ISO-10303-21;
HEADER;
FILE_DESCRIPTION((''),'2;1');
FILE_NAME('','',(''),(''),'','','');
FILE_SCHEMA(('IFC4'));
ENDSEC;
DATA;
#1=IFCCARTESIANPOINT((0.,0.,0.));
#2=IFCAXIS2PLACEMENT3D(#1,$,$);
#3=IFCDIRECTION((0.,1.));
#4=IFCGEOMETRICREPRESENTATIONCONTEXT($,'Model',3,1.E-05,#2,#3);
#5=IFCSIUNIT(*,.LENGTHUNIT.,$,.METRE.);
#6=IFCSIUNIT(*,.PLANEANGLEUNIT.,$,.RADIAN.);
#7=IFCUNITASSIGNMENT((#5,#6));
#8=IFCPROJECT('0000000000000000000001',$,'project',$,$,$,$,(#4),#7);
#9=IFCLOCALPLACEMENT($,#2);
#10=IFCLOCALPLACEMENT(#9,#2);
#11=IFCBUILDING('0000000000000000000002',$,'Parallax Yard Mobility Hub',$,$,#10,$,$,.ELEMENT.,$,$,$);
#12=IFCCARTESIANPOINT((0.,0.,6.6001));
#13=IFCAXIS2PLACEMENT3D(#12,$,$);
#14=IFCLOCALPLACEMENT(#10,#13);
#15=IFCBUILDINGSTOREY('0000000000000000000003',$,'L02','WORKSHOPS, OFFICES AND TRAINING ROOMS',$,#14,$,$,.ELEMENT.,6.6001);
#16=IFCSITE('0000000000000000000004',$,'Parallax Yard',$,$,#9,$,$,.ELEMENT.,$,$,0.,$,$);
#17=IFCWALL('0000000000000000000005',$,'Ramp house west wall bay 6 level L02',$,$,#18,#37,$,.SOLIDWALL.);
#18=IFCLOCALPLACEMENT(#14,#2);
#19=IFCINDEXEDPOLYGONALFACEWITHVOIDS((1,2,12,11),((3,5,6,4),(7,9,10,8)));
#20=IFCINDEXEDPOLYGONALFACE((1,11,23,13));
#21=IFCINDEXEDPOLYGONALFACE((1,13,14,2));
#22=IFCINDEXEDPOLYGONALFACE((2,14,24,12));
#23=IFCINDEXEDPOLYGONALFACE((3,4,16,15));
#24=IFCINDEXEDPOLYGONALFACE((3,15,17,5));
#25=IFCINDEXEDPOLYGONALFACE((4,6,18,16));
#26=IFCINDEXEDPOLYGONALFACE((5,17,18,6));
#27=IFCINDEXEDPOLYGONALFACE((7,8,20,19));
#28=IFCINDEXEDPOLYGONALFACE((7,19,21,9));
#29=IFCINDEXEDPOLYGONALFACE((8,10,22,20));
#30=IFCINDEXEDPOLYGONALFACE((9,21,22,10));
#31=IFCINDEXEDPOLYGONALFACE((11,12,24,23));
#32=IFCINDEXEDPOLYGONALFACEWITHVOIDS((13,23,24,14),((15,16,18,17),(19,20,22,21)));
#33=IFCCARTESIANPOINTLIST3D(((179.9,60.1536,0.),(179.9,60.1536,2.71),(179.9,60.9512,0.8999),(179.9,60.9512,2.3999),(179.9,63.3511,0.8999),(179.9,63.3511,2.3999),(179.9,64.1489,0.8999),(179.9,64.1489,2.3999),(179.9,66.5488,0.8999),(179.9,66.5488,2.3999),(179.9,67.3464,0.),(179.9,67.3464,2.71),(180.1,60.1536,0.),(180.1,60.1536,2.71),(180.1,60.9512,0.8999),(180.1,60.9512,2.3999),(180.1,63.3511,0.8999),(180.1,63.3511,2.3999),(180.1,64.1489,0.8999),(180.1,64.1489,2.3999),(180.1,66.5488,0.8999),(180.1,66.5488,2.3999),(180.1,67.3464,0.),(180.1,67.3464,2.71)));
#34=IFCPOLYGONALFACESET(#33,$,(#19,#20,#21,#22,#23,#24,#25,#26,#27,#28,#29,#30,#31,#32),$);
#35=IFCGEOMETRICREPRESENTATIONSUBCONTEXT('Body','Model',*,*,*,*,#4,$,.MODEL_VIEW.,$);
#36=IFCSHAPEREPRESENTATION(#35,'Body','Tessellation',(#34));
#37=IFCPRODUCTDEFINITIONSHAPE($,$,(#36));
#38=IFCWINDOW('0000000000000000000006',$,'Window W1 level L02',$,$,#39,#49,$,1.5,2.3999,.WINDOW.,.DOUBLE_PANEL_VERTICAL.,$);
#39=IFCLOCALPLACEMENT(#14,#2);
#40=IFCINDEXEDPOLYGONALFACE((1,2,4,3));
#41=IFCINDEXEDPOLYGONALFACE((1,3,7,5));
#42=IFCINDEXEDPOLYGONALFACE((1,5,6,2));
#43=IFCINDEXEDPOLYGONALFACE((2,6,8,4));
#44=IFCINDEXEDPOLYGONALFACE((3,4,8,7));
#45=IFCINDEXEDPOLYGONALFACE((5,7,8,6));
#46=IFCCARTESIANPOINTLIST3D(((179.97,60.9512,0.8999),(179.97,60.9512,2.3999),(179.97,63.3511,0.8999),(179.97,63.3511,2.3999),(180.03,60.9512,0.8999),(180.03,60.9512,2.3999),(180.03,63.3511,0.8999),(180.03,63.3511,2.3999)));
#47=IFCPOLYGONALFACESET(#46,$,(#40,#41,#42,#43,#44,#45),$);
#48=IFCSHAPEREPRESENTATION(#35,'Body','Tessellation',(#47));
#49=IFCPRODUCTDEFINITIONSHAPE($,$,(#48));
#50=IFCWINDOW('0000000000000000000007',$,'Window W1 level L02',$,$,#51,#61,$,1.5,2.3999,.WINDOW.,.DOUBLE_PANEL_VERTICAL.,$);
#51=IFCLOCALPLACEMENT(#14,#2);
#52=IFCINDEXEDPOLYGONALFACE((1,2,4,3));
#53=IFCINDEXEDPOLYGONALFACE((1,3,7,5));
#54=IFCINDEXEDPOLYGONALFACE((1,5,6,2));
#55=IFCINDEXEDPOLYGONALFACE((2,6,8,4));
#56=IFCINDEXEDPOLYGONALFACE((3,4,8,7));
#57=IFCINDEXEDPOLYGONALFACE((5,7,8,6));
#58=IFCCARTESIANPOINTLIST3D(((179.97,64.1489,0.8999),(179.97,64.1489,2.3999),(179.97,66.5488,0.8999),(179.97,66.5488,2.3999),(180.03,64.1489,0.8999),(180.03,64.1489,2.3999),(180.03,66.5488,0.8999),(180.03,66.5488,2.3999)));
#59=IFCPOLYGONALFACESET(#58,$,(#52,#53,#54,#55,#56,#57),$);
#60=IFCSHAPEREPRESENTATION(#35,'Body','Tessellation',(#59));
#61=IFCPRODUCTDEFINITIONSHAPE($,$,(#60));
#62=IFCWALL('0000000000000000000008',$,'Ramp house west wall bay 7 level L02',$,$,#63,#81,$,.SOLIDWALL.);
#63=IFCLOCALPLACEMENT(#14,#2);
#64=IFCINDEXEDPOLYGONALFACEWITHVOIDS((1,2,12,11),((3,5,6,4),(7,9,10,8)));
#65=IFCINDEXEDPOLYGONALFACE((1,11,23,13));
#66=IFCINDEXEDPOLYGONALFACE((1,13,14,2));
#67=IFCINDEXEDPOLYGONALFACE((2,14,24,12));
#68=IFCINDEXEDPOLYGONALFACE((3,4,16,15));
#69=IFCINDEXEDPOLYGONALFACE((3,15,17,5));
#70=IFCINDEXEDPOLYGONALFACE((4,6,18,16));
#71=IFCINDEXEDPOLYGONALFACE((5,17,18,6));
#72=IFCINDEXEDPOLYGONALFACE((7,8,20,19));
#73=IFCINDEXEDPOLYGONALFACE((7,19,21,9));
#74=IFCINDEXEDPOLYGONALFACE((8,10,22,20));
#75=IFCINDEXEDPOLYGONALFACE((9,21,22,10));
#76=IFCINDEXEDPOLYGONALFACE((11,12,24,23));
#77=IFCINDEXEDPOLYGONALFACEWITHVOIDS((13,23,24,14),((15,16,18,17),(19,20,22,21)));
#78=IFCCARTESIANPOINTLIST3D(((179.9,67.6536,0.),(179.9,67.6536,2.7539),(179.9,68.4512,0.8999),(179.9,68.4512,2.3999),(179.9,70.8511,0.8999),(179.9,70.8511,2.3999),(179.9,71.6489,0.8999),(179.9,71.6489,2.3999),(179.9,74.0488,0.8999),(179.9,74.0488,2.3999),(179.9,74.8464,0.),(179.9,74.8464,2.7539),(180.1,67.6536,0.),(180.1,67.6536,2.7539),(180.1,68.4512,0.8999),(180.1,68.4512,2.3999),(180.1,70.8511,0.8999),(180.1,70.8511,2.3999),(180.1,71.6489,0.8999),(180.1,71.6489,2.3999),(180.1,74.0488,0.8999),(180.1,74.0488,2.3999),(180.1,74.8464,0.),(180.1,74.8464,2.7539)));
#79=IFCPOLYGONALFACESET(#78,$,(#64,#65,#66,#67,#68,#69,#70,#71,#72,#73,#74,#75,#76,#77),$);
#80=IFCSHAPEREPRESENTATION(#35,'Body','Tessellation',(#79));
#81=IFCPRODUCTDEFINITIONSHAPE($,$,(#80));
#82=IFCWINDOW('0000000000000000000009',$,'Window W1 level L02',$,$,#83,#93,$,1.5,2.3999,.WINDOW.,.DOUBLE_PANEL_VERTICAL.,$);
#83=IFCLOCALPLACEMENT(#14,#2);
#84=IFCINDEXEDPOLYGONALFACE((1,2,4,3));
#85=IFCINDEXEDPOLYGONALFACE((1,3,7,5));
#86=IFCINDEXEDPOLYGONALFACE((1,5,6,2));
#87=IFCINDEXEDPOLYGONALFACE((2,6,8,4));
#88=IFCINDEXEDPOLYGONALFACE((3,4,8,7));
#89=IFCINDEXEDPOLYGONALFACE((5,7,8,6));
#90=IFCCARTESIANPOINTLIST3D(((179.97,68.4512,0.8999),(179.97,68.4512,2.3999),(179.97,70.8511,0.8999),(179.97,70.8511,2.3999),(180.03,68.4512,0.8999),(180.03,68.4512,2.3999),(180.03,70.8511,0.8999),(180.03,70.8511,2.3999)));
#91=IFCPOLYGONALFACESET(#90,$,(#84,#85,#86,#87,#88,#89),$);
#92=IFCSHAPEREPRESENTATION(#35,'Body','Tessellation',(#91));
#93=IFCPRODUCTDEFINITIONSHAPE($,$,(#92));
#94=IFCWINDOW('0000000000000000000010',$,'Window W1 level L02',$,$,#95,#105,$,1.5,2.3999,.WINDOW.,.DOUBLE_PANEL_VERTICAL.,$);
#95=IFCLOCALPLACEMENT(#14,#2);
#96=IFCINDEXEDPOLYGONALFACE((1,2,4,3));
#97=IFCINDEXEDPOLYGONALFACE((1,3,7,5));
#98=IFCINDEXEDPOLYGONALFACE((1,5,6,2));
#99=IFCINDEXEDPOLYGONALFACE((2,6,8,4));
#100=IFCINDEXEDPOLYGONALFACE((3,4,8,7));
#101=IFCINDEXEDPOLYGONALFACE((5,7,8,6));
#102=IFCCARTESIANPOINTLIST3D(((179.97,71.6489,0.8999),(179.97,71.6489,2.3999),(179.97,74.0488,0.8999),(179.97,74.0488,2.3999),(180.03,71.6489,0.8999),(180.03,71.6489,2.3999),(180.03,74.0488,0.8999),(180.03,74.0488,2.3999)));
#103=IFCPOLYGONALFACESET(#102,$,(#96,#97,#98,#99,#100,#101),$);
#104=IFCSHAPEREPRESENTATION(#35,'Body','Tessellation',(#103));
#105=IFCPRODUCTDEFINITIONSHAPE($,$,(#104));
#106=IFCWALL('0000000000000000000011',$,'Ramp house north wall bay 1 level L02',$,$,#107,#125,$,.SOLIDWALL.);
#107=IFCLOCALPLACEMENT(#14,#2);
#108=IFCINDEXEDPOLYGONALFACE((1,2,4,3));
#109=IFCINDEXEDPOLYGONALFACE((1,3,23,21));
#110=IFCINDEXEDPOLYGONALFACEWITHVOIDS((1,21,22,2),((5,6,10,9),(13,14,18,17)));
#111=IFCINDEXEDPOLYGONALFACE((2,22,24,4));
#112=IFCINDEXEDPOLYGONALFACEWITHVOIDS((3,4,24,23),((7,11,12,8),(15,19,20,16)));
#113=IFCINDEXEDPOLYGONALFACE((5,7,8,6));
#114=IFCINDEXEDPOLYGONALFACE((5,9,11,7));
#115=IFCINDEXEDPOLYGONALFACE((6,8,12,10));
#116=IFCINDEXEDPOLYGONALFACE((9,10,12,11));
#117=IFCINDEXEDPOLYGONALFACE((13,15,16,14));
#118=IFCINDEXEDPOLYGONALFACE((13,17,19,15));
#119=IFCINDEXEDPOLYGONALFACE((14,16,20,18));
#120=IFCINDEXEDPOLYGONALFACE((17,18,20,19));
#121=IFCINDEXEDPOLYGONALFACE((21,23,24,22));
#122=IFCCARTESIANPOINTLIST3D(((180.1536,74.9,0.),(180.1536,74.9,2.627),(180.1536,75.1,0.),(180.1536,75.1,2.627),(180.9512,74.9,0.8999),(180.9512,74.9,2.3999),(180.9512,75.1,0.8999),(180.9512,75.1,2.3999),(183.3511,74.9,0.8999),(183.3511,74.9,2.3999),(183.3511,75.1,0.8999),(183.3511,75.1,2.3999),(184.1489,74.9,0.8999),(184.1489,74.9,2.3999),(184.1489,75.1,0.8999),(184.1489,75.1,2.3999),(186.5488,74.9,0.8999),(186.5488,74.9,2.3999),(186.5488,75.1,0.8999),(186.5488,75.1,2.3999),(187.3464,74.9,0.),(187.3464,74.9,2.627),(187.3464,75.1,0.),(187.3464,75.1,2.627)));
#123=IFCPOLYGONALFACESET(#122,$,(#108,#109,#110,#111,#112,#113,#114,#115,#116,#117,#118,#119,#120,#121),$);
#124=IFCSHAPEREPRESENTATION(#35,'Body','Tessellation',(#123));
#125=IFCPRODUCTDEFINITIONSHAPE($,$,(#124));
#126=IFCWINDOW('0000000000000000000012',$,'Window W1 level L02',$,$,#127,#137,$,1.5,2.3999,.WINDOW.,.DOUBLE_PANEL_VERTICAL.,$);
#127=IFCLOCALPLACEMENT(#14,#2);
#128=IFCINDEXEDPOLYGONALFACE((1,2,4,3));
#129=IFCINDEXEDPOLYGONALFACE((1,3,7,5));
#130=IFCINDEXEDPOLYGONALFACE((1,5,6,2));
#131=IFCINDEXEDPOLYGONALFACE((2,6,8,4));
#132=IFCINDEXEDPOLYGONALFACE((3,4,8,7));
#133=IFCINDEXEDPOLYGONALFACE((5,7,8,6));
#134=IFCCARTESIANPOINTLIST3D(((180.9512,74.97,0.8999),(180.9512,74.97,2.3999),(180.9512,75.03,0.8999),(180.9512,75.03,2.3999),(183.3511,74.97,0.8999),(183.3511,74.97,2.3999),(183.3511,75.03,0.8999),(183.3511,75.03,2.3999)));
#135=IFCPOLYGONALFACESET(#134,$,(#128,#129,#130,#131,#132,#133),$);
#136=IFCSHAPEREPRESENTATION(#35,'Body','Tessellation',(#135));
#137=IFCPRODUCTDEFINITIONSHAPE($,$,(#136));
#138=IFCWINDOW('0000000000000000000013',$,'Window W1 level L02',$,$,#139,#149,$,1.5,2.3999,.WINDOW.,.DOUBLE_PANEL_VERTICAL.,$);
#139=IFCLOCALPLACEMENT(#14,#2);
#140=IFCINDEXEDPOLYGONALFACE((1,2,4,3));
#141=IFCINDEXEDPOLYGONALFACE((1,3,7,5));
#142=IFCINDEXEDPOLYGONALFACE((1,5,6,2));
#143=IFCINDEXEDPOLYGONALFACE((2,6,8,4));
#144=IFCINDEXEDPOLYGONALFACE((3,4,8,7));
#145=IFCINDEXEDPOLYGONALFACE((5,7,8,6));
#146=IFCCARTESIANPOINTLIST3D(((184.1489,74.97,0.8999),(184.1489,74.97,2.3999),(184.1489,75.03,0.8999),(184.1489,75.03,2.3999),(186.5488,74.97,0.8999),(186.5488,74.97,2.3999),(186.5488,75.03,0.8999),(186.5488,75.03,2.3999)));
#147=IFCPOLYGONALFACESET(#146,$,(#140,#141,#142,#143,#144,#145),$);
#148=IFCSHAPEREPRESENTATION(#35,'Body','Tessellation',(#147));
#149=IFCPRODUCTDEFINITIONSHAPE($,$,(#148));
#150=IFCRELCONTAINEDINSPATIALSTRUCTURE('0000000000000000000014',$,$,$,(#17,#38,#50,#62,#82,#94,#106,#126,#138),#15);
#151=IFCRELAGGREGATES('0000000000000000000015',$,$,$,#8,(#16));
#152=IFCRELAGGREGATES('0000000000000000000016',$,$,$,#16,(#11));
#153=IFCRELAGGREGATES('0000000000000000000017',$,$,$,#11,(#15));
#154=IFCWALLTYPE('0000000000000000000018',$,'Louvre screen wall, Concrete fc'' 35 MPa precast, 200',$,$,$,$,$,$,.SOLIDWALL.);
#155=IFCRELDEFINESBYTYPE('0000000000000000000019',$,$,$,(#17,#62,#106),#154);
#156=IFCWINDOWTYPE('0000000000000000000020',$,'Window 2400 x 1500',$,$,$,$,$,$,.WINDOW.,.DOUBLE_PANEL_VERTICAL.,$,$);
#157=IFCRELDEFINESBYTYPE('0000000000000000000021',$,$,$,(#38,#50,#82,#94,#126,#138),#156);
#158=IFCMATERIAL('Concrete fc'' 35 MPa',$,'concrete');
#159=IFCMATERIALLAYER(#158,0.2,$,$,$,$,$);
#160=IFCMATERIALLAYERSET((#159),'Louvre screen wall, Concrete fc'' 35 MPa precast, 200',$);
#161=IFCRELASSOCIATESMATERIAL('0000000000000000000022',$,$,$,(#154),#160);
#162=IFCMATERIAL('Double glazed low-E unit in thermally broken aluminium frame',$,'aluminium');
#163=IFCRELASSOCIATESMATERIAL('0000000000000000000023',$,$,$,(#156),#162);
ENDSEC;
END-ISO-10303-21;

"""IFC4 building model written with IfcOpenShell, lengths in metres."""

from ifc_helpers import new_model, si_unit, direction, frame, frame_2d, origin, place, context, subcontext, project, spatial, rectangle, extrude, material, layer, layer_set, type_object, element, fill, save


model = new_model("IFC4")

# Units and contexts
model_context = context("Model", 3, precision=1e-05, world=origin(), true_north=direction((0.0, 1.0)))
body_context = subcontext(model_context, "Body", "Model", "MODEL_VIEW")
ifc_project = project(units=[si_unit("LENGTHUNIT", "METRE"), si_unit("PLANEANGLEUNIT", "RADIAN")], contexts=[model_context])

# Site, building, storey
site_placement = place(None, origin())
site = spatial("IfcSite", under=ifc_project, at=site_placement, Name="Parallax Yard", CompositionType="ELEMENT", RefElevation=0.0)
building_placement = place(site_placement, origin())
building = spatial("IfcBuilding", under=site, at=building_placement, Name="Parallax Yard Mobility Hub", CompositionType="ELEMENT")
storey_placement = place(building_placement, frame((0.0, 0.0, 6.6001)))
storey = spatial("IfcBuildingStorey", under=building, at=storey_placement, Name="L02", Description="WORKSHOPS, OFFICES AND TRAINING ROOMS", CompositionType="ELEMENT", Elevation=6.6001)

# Walls, openings, windows
ifc_material_1 = material(Name="Concrete fc' 35 MPa", Category="concrete")
ifc_layer = layer(ifc_material_1, 0.2)
ifc_layer_set = layer_set([ifc_layer], Name="Louvre screen wall, Concrete fc' 35 MPa precast, 200")
wall_type = type_object("IfcWallType", Name="Louvre screen wall, Concrete fc' 35 MPa precast, 200", PredefinedType="SOLIDWALL", material=ifc_layer_set)
wall_1_placement = place(storey_placement, frame((180.0, 60.1536, 0.0), z_axis=(0.0, 0.0, 1.0), x_axis=(0.0, 1.0, 0.0)))
wall_1 = element("IfcWall", 1, at=wall_1_placement, inside=storey, type_object=wall_type, Name="Ramp house west wall bay 6 level L02", PredefinedType="SOLIDWALL", context=body_context, shape_type="SweptSolid", body=[
    extrude(rectangle(XDim=7.1929, YDim=0.2, at=frame_2d((3.5964, 0.0))), origin(), (0.0, 0.0, 1.0), 2.71),
])
opening_1_placement = place(wall_1_placement, frame((0.7976, 0.0, 0.8999)))
opening_1 = element("IfcOpeningElement", 2, at=opening_1_placement, cuts=wall_1, PredefinedType="OPENING", context=body_context, shape_type="SweptSolid", body=[
    extrude(rectangle(XDim=2.3999, YDim=1.5, at=frame_2d((1.2, 0.75))), frame((0.0, 0.1099, 0.0), z_axis=(0.0, -1.0, 0.0), x_axis=(1.0, 0.0, 0.0)), (0.0, 0.0, 1.0), 0.22),
])
opening_2_placement = place(wall_1_placement, frame((3.9954, 0.0, 0.8999)))
opening_2 = element("IfcOpeningElement", 3, at=opening_2_placement, cuts=wall_1, PredefinedType="OPENING", context=body_context, shape_type="SweptSolid", body=[
    extrude(rectangle(XDim=2.3999, YDim=1.5, at=frame_2d((1.2, 0.75))), frame((0.0, 0.1099, 0.0), z_axis=(0.0, -1.0, 0.0), x_axis=(1.0, 0.0, 0.0)), (0.0, 0.0, 1.0), 0.22),
])
ifc_material_2 = material(Name="Double glazed low-E unit in thermally broken aluminium frame", Category="aluminium")
window_type = type_object("IfcWindowType", Name="Window 2400 x 1500", PartitioningType="DOUBLE_PANEL_VERTICAL", PredefinedType="WINDOW", material=ifc_material_2)
window_1_placement = place(opening_1_placement, origin())
window_1 = element("IfcWindow", 4, at=window_1_placement, inside=storey, type_object=window_type, Name="Window W1 level L02", OverallHeight=1.5, OverallWidth=2.3999, PartitioningType="DOUBLE_PANEL_VERTICAL", PredefinedType="WINDOW", context=body_context, shape_type="SweptSolid", body=[
    extrude(rectangle(XDim=2.3999, YDim=1.5, at=frame_2d((1.2, 0.75))), frame((0.0, 0.03, 0.0), z_axis=(0.0, -1.0, 0.0), x_axis=(1.0, 0.0, 0.0)), (0.0, 0.0, 1.0), 0.0601),
])
fill(opening_1, window_1)
window_2_placement = place(opening_2_placement, origin())
window_2 = element("IfcWindow", 5, at=window_2_placement, inside=storey, type_object=window_type, Name="Window W1 level L02", OverallHeight=1.5, OverallWidth=2.3999, PartitioningType="DOUBLE_PANEL_VERTICAL", PredefinedType="WINDOW", context=body_context, shape_type="SweptSolid", body=[
    extrude(rectangle(XDim=2.3999, YDim=1.5, at=frame_2d((1.2, 0.75))), frame((0.0, 0.03, 0.0), z_axis=(0.0, -1.0, 0.0), x_axis=(1.0, 0.0, 0.0)), (0.0, 0.0, 1.0), 0.0601),
])
fill(opening_2, window_2)
wall_2_placement = place(storey_placement, frame((180.0, 67.6536, 0.0), z_axis=(0.0, 0.0, 1.0), x_axis=(0.0, 1.0, 0.0)))
wall_2 = element("IfcWall", 6, at=wall_2_placement, inside=storey, type_object=wall_type, Name="Ramp house west wall bay 7 level L02", PredefinedType="SOLIDWALL", context=body_context, shape_type="SweptSolid", body=[
    extrude(rectangle(XDim=7.1929, YDim=0.2, at=frame_2d((3.5964, 0.0))), origin(), (0.0, 0.0, 1.0), 2.7539),
])
opening_3_placement = place(wall_2_placement, frame((0.7976, 0.0, 0.8999)))
opening_3 = element("IfcOpeningElement", 7, at=opening_3_placement, cuts=wall_2, PredefinedType="OPENING", context=body_context, shape_type="SweptSolid", body=[
    extrude(rectangle(XDim=2.3999, YDim=1.5, at=frame_2d((1.2, 0.75))), frame((0.0, 0.1099, 0.0), z_axis=(0.0, -1.0, 0.0), x_axis=(1.0, 0.0, 0.0)), (0.0, 0.0, 1.0), 0.22),
])
opening_4_placement = place(wall_2_placement, frame((3.9954, 0.0, 0.8999)))
opening_4 = element("IfcOpeningElement", 8, at=opening_4_placement, cuts=wall_2, PredefinedType="OPENING", context=body_context, shape_type="SweptSolid", body=[
    extrude(rectangle(XDim=2.3999, YDim=1.5, at=frame_2d((1.2, 0.75))), frame((0.0, 0.1099, 0.0), z_axis=(0.0, -1.0, 0.0), x_axis=(1.0, 0.0, 0.0)), (0.0, 0.0, 1.0), 0.22),
])
window_3_placement = place(opening_3_placement, origin())
window_3 = element("IfcWindow", 9, at=window_3_placement, inside=storey, type_object=window_type, Name="Window W1 level L02", OverallHeight=1.5, OverallWidth=2.3999, PartitioningType="DOUBLE_PANEL_VERTICAL", PredefinedType="WINDOW", context=body_context, shape_type="SweptSolid", body=[
    extrude(rectangle(XDim=2.3999, YDim=1.5, at=frame_2d((1.2, 0.75))), frame((0.0, 0.03, 0.0), z_axis=(0.0, -1.0, 0.0), x_axis=(1.0, 0.0, 0.0)), (0.0, 0.0, 1.0), 0.0601),
])
fill(opening_3, window_3)
window_4_placement = place(opening_4_placement, origin())
window_4 = element("IfcWindow", 10, at=window_4_placement, inside=storey, type_object=window_type, Name="Window W1 level L02", OverallHeight=1.5, OverallWidth=2.3999, PartitioningType="DOUBLE_PANEL_VERTICAL", PredefinedType="WINDOW", context=body_context, shape_type="SweptSolid", body=[
    extrude(rectangle(XDim=2.3999, YDim=1.5, at=frame_2d((1.2, 0.75))), frame((0.0, 0.03, 0.0), z_axis=(0.0, -1.0, 0.0), x_axis=(1.0, 0.0, 0.0)), (0.0, 0.0, 1.0), 0.0601),
])
fill(opening_4, window_4)
wall_3_placement = place(storey_placement, frame((180.1536, 75.0, 0.0), z_axis=(0.0, 0.0, 1.0), x_axis=(1.0, 0.0, 0.0)))
wall_3 = element("IfcWall", 11, at=wall_3_placement, inside=storey, type_object=wall_type, Name="Ramp house north wall bay 1 level L02", PredefinedType="SOLIDWALL", context=body_context, shape_type="SweptSolid", body=[
    extrude(rectangle(XDim=7.1929, YDim=0.2, at=frame_2d((3.5964, 0.0))), origin(), (0.0, 0.0, 1.0), 2.627),
])
opening_5_placement = place(wall_3_placement, frame((0.7976, 0.0, 0.8999)))
opening_5 = element("IfcOpeningElement", 12, at=opening_5_placement, cuts=wall_3, PredefinedType="OPENING", context=body_context, shape_type="SweptSolid", body=[
    extrude(rectangle(XDim=2.3999, YDim=1.5, at=frame_2d((1.2, 0.75))), frame((0.0, 0.1099, 0.0), z_axis=(0.0, -1.0, 0.0), x_axis=(1.0, 0.0, 0.0)), (0.0, 0.0, 1.0), 0.22),
])
opening_6_placement = place(wall_3_placement, frame((3.9954, 0.0, 0.8999)))
opening_6 = element("IfcOpeningElement", 13, at=opening_6_placement, cuts=wall_3, PredefinedType="OPENING", context=body_context, shape_type="SweptSolid", body=[
    extrude(rectangle(XDim=2.3999, YDim=1.5, at=frame_2d((1.2, 0.75))), frame((0.0, 0.1099, 0.0), z_axis=(0.0, -1.0, 0.0), x_axis=(1.0, 0.0, 0.0)), (0.0, 0.0, 1.0), 0.22),
])
window_5_placement = place(opening_5_placement, origin())
window_5 = element("IfcWindow", 14, at=window_5_placement, inside=storey, type_object=window_type, Name="Window W1 level L02", OverallHeight=1.5, OverallWidth=2.3999, PartitioningType="DOUBLE_PANEL_VERTICAL", PredefinedType="WINDOW", context=body_context, shape_type="SweptSolid", body=[
    extrude(rectangle(XDim=2.3999, YDim=1.5, at=frame_2d((1.2, 0.75))), frame((0.0, 0.03, 0.0), z_axis=(0.0, -1.0, 0.0), x_axis=(1.0, 0.0, 0.0)), (0.0, 0.0, 1.0), 0.0601),
])
fill(opening_5, window_5)
window_6_placement = place(opening_6_placement, origin())
window_6 = element("IfcWindow", 15, at=window_6_placement, inside=storey, type_object=window_type, Name="Window W1 level L02", OverallHeight=1.5, OverallWidth=2.3999, PartitioningType="DOUBLE_PANEL_VERTICAL", PredefinedType="WINDOW", context=body_context, shape_type="SweptSolid", body=[
    extrude(rectangle(XDim=2.3999, YDim=1.5, at=frame_2d((1.2, 0.75))), frame((0.0, 0.03, 0.0), z_axis=(0.0, -1.0, 0.0), x_axis=(1.0, 0.0, 0.0)), (0.0, 0.0, 1.0), 0.0601),
])
fill(opening_6, window_6)

save(model, "model.ifc")
